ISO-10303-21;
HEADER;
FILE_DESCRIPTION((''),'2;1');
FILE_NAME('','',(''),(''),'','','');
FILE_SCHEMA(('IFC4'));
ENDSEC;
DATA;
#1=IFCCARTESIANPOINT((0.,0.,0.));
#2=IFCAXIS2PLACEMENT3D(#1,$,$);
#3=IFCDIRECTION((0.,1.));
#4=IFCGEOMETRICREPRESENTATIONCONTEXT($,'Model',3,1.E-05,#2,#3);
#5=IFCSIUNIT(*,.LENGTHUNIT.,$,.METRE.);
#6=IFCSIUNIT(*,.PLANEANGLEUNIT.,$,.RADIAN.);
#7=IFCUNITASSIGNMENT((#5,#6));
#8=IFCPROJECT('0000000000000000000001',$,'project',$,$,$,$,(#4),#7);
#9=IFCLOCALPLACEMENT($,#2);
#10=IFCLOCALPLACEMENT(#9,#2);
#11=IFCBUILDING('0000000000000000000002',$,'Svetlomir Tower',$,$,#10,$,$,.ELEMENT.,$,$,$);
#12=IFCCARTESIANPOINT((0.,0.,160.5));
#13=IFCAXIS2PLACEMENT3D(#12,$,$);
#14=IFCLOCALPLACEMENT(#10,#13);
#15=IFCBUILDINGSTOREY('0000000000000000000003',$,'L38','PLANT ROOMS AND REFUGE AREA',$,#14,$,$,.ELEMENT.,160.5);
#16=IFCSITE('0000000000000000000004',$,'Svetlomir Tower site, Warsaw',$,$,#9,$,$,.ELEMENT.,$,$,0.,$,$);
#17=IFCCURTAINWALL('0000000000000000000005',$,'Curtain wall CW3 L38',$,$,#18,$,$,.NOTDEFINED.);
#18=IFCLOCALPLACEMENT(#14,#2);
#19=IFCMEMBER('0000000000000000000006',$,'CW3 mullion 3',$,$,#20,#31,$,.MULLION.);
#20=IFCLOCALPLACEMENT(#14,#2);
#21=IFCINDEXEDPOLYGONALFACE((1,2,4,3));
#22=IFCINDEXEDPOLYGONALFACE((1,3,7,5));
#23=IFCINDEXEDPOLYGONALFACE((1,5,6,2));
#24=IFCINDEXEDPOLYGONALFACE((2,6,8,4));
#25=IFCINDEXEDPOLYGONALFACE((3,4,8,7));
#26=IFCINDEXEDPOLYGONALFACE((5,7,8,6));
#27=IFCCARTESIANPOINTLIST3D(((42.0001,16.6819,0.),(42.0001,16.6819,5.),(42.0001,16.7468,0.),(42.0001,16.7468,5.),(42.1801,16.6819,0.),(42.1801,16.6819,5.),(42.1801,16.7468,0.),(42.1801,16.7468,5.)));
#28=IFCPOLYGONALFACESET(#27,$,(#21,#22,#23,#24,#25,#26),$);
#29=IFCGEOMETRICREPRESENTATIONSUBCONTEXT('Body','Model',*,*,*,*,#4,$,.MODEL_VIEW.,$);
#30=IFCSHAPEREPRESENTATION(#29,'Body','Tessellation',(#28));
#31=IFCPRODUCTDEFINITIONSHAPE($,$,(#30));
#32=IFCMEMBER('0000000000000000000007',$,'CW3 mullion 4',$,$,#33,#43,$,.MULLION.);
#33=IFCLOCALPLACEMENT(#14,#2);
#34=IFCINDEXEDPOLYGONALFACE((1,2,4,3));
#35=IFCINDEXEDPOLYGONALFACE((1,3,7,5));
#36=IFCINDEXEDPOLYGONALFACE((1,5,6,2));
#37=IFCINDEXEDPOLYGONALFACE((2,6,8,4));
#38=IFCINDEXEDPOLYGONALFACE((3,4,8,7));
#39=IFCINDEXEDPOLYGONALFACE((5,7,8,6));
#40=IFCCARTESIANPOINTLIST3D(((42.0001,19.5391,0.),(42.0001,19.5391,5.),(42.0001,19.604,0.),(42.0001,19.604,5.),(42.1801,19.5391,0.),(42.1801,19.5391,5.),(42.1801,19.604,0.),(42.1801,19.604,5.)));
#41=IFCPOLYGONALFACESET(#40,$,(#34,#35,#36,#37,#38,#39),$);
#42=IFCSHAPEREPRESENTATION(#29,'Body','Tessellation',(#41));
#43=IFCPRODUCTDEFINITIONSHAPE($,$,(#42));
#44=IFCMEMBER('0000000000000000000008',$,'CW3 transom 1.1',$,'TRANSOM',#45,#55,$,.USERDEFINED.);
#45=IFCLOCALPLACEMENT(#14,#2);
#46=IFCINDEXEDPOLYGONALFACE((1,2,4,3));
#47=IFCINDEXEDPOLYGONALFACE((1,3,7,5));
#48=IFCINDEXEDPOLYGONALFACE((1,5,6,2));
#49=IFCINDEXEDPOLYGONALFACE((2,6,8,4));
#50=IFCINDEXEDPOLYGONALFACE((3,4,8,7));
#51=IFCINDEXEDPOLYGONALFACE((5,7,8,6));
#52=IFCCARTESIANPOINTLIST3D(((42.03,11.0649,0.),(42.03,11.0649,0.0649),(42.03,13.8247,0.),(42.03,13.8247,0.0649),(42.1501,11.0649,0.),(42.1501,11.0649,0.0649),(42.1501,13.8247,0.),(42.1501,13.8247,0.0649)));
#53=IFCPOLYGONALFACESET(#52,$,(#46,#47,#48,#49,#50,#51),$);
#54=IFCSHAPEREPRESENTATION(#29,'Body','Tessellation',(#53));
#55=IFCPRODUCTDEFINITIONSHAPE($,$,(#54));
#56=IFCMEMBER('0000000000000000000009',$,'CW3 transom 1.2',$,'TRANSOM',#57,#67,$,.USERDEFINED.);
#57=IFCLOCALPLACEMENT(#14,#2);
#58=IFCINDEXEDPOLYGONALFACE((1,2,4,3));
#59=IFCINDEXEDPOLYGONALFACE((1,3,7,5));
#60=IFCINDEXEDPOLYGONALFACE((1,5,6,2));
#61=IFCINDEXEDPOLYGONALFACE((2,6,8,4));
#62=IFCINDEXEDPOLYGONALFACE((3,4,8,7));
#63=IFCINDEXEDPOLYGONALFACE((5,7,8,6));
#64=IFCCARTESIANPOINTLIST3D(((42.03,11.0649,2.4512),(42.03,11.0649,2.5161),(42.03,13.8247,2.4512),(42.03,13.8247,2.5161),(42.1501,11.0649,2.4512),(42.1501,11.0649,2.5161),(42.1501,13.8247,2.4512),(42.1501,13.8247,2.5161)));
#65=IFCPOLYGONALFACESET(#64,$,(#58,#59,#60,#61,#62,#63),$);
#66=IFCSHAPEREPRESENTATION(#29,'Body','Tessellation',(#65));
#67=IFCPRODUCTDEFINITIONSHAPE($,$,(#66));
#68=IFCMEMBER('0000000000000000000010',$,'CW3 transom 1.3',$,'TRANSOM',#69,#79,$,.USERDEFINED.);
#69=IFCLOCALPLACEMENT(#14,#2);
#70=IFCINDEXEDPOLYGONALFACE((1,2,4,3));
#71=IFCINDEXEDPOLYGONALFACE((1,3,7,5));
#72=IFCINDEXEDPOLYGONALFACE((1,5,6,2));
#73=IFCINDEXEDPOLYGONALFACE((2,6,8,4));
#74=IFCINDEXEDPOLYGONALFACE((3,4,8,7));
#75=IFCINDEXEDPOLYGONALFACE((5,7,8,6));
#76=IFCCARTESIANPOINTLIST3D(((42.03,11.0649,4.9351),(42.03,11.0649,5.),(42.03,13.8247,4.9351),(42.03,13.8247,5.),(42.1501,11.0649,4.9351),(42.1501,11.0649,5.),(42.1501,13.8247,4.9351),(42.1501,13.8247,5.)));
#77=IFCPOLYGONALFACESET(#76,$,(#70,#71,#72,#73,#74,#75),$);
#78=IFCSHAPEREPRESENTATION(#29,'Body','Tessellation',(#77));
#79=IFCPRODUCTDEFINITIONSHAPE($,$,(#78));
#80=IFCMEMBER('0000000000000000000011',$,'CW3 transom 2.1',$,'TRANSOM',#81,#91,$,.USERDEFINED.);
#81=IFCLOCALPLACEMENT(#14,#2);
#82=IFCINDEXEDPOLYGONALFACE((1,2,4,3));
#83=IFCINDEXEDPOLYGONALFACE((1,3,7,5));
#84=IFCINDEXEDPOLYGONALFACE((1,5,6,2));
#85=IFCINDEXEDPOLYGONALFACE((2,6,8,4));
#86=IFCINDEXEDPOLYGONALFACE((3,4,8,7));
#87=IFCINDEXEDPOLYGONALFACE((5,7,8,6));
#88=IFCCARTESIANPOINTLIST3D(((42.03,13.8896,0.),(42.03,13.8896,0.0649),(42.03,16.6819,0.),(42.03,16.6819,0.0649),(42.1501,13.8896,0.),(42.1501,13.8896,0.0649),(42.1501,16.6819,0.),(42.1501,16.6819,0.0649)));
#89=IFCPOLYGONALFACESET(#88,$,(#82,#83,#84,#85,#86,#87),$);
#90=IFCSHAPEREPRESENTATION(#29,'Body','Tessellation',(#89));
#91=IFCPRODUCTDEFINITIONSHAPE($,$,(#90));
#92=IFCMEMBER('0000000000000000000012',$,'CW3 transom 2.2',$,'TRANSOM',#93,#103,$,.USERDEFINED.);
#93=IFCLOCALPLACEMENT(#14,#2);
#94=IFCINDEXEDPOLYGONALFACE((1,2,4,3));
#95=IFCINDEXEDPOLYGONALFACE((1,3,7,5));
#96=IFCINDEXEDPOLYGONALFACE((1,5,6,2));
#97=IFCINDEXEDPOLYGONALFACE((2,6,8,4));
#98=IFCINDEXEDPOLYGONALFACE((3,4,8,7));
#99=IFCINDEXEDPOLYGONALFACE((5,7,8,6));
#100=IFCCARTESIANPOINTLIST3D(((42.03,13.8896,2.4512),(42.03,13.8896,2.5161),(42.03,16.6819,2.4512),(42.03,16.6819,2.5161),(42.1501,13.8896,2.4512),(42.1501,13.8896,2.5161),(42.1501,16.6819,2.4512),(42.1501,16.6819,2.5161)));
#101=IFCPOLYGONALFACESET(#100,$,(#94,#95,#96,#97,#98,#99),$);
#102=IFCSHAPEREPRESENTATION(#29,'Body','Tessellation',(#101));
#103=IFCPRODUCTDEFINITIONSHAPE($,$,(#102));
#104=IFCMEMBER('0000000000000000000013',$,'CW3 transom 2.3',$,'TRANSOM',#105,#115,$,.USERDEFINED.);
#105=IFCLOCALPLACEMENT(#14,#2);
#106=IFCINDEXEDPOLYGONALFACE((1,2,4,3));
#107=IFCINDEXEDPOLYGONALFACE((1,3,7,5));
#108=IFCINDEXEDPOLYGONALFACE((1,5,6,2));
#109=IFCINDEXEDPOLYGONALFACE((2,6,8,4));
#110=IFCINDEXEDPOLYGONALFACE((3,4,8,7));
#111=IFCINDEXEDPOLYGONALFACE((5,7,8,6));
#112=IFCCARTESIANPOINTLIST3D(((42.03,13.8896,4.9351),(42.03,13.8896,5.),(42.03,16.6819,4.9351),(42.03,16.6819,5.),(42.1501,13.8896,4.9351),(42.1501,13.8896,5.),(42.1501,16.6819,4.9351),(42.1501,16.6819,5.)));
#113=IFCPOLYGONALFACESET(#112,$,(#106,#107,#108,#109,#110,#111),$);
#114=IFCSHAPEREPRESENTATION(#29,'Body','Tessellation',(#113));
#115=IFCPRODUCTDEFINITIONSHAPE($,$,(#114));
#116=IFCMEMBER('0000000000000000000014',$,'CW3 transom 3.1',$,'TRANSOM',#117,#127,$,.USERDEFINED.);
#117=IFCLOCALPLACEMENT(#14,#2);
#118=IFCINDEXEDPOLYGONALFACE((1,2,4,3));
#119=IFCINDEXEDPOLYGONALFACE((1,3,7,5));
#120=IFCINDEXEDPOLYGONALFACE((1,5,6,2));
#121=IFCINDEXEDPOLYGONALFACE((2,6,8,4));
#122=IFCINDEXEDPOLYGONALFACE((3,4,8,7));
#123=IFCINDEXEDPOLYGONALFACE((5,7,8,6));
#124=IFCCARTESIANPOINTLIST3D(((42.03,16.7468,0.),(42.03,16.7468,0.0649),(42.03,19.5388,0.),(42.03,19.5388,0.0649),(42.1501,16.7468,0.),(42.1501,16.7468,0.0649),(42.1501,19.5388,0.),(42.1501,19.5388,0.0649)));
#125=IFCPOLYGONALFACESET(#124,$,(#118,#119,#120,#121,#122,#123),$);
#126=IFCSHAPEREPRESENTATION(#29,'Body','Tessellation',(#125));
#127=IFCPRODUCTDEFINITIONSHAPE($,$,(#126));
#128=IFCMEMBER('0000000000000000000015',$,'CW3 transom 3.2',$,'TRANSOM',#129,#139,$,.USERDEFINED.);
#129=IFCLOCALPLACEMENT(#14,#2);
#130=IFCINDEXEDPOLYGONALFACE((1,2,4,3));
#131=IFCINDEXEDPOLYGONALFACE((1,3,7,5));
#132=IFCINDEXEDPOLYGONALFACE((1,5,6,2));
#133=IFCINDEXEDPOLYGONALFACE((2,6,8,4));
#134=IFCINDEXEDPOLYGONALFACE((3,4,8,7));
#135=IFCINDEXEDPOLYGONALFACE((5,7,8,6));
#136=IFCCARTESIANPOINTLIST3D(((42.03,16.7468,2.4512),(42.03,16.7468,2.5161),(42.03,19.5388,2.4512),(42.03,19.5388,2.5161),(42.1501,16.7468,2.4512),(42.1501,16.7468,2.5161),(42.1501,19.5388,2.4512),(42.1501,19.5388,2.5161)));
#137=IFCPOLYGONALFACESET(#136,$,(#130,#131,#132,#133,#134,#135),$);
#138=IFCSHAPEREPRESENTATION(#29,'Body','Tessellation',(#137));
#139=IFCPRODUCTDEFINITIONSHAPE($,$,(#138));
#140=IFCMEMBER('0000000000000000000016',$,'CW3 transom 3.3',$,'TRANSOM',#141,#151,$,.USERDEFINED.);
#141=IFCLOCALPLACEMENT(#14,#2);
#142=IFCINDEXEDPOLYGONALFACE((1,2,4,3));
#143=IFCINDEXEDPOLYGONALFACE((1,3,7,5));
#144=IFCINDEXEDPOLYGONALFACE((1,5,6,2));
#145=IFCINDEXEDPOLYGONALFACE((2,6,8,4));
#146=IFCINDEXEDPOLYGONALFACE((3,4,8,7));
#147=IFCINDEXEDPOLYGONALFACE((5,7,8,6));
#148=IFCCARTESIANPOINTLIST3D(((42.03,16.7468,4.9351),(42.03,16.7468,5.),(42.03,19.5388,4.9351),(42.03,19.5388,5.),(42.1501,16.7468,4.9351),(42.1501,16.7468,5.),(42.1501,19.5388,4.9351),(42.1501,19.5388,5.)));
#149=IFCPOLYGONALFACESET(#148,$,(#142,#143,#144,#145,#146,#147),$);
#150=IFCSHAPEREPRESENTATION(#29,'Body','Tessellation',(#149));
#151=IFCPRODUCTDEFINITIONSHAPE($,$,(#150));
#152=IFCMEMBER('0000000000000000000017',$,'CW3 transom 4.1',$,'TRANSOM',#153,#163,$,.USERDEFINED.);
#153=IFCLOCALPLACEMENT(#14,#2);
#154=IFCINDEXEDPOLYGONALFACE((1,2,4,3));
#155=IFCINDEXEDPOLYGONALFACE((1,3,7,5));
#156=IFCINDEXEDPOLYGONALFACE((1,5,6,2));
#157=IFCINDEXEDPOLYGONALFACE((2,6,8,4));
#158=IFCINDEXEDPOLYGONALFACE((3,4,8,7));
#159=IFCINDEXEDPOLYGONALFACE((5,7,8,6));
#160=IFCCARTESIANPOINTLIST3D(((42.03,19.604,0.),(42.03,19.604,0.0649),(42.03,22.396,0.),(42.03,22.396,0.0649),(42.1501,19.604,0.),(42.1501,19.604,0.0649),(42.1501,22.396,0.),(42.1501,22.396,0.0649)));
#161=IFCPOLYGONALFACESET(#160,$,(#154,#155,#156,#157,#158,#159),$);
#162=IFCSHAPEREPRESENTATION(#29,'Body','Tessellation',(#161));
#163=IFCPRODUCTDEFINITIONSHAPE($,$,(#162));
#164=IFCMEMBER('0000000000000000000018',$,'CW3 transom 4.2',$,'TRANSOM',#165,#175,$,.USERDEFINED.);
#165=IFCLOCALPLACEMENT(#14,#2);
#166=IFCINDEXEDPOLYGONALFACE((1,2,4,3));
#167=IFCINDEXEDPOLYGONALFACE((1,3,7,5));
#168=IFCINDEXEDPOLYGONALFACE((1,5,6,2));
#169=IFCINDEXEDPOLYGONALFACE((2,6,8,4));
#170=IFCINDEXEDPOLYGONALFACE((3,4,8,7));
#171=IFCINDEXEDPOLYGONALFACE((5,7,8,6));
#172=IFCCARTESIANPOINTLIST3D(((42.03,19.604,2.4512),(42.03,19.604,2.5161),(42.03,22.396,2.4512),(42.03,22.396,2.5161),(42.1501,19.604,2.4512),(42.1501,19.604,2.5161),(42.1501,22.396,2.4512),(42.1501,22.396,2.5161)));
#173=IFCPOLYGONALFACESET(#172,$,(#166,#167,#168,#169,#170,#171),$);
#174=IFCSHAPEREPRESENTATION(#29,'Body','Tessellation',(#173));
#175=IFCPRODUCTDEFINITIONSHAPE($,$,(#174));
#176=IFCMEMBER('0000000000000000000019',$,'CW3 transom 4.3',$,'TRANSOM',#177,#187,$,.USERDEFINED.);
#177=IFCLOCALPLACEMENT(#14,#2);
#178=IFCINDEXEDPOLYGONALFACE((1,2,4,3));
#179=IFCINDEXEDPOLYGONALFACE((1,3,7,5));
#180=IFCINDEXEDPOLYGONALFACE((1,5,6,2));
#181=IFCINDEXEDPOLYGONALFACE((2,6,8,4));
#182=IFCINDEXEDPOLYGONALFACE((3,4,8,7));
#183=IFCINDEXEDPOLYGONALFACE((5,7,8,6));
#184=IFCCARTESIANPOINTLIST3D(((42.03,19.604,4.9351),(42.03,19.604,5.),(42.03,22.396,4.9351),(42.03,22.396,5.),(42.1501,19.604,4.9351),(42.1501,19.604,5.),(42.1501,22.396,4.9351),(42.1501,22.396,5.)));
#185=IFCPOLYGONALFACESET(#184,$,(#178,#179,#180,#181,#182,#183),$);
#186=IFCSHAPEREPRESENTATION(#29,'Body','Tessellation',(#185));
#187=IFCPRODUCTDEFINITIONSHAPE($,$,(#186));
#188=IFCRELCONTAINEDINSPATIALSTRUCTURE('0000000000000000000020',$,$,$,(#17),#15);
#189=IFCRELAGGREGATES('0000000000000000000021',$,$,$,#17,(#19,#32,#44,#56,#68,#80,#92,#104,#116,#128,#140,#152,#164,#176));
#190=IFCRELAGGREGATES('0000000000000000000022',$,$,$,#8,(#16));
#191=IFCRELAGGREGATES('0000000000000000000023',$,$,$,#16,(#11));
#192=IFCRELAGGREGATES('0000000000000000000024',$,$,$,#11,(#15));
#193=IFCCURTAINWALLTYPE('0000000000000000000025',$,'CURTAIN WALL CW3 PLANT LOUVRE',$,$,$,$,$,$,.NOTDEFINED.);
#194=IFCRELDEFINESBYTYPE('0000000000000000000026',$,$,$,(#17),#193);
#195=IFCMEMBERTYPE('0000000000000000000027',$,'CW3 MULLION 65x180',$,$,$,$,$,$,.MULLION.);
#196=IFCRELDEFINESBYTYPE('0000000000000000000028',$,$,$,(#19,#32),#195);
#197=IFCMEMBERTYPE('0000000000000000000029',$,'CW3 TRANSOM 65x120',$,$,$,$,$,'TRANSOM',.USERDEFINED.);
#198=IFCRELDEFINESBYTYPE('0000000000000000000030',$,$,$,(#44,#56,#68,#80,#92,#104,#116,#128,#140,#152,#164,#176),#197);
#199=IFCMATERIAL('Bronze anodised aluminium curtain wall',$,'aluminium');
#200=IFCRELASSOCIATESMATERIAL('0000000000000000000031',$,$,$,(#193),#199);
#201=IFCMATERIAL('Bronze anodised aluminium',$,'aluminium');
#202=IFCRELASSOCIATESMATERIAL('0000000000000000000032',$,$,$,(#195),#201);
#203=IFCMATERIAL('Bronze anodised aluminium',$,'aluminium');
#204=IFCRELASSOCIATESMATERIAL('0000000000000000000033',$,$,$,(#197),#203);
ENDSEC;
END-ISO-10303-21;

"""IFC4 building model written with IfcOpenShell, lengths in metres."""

from ifc_helpers import new_model, si_unit, direction, frame, origin, origin_2d, place, context, subcontext, project, spatial, rectangle, extrude, material, material_profile, profile_set, type_object, element, aggregate, save


model = new_model("IFC4")

# Units and contexts
model_context = context("Model", 3, precision=1e-05, world=origin(), true_north=direction((0.0, 1.0)))
body_context = subcontext(model_context, "Body", "Model", "MODEL_VIEW")
ifc_project = project(units=[si_unit("LENGTHUNIT", "METRE"), si_unit("PLANEANGLEUNIT", "RADIAN")], contexts=[model_context])

# Site, building, storey
site_placement = place(None, origin())
site = spatial("IfcSite", under=ifc_project, at=site_placement, Name="Svetlomir Tower site, Warsaw", CompositionType="ELEMENT", RefElevation=0.0)
building_placement = place(site_placement, origin())
building = spatial("IfcBuilding", under=site, at=building_placement, Name="Svetlomir Tower", CompositionType="ELEMENT")
storey_placement = place(building_placement, frame((0.0, 0.0, 160.5)))
storey = spatial("IfcBuildingStorey", under=building, at=storey_placement, Name="L38", Description="PLANT ROOMS AND REFUGE AREA", CompositionType="ELEMENT", Elevation=160.5)

# Shared definitions
ifc_material_1 = material(Name="Bronze anodised aluminium curtain wall", Category="aluminium")
curtain_wall_type = type_object("IfcCurtainWallType", Name="CURTAIN WALL CW3 PLANT LOUVRE", PredefinedType="NOTDEFINED", material=ifc_material_1)
ifc_material_2 = material(Name="Bronze anodised aluminium", Category="aluminium")
ifc_material_profile_1 = material_profile(ifc_material_2, rectangle(XDim=0.0649, YDim=0.1799, at=origin_2d()), Name="AL 65x180")
ifc_profile_set_1 = profile_set([ifc_material_profile_1], Name="Bronze anodised aluminium 6063-T6")
member_type_1 = type_object("IfcMemberType", Name="CW3 MULLION 65x180", PredefinedType="MULLION", material=ifc_profile_set_1)

# Curtain wall, members
curtain_wall_1_placement = place(storey_placement, origin())
curtain_wall_1 = element("IfcCurtainWall", 1, at=curtain_wall_1_placement, inside=storey, type_object=curtain_wall_type, Name="Curtain wall CW3 L38", PredefinedType="NOTDEFINED")
member_1_placement = place(storey_placement, frame((42.0901, 16.7144, 0.0), z_axis=(0.0, 0.0, 1.0), x_axis=(0.0, 1.0, 0.0)))
member_1 = element("IfcMember", 2, at=member_1_placement, type_object=member_type_1, Name="CW3 mullion 3", PredefinedType="MULLION", context=body_context, shape_type="SweptSolid", body=[
    extrude(rectangle(XDim=0.0649, YDim=0.1799, at=origin_2d()), origin(), (0.0, 0.0, 1.0), 5.0),
])
member_2_placement = place(storey_placement, frame((42.0901, 19.5715, 0.0), z_axis=(0.0, 0.0, 1.0), x_axis=(0.0, 1.0, 0.0)))
member_2 = element("IfcMember", 3, at=member_2_placement, type_object=member_type_1, Name="CW3 mullion 4", PredefinedType="MULLION", context=body_context, shape_type="SweptSolid", body=[
    extrude(rectangle(XDim=0.0649, YDim=0.1799, at=origin_2d()), origin(), (0.0, 0.0, 1.0), 5.0),
])
ifc_material_3 = material(Name="Bronze anodised aluminium", Category="aluminium")
ifc_material_profile_2 = material_profile(ifc_material_3, rectangle(XDim=0.1201, YDim=0.0649, at=origin_2d()), Name="AL 120x65")
ifc_profile_set_2 = profile_set([ifc_material_profile_2], Name="Bronze anodised aluminium 6063-T6")
member_type_2 = type_object("IfcMemberType", Name="CW3 TRANSOM 65x120", ElementType="TRANSOM", PredefinedType="USERDEFINED", material=ifc_profile_set_2)
member_3_placement = place(storey_placement, frame((42.0901, 11.0649, 0.0325), z_axis=(0.0, 1.0, 0.0), x_axis=(-1.0, 0.0, 0.0)))
member_3 = element("IfcMember", 4, at=member_3_placement, type_object=member_type_2, Name="CW3 transom 1.1", ObjectType="TRANSOM", PredefinedType="USERDEFINED", context=body_context, shape_type="SweptSolid", body=[
    extrude(rectangle(XDim=0.1201, YDim=0.0649, at=origin_2d()), origin(), (0.0, 0.0, 1.0), 2.7598),
])
member_4_placement = place(storey_placement, frame((42.0901, 11.0649, 2.4836), z_axis=(0.0, 1.0, 0.0), x_axis=(-1.0, 0.0, 0.0)))
member_4 = element("IfcMember", 5, at=member_4_placement, type_object=member_type_2, Name="CW3 transom 1.2", ObjectType="TRANSOM", PredefinedType="USERDEFINED", context=body_context, shape_type="SweptSolid", body=[
    extrude(rectangle(XDim=0.1201, YDim=0.0649, at=origin_2d()), origin(), (0.0, 0.0, 1.0), 2.7598),
])
member_5_placement = place(storey_placement, frame((42.0901, 11.0649, 4.9675), z_axis=(0.0, 1.0, 0.0), x_axis=(-1.0, 0.0, 0.0)))
member_5 = element("IfcMember", 6, at=member_5_placement, type_object=member_type_2, Name="CW3 transom 1.3", ObjectType="TRANSOM", PredefinedType="USERDEFINED", context=body_context, shape_type="SweptSolid", body=[
    extrude(rectangle(XDim=0.1201, YDim=0.0649, at=origin_2d()), origin(), (0.0, 0.0, 1.0), 2.7598),
])
member_6_placement = place(storey_placement, frame((42.0901, 13.8896, 0.0325), z_axis=(0.0, 1.0, 0.0), x_axis=(-1.0, 0.0, 0.0)))
member_6 = element("IfcMember", 7, at=member_6_placement, type_object=member_type_2, Name="CW3 transom 2.1", ObjectType="TRANSOM", PredefinedType="USERDEFINED", context=body_context, shape_type="SweptSolid", body=[
    extrude(rectangle(XDim=0.1201, YDim=0.0649, at=origin_2d()), origin(), (0.0, 0.0, 1.0), 2.7922),
])
member_7_placement = place(storey_placement, frame((42.0901, 13.8896, 2.4836), z_axis=(0.0, 1.0, 0.0), x_axis=(-1.0, 0.0, 0.0)))
member_7 = element("IfcMember", 8, at=member_7_placement, type_object=member_type_2, Name="CW3 transom 2.2", ObjectType="TRANSOM", PredefinedType="USERDEFINED", context=body_context, shape_type="SweptSolid", body=[
    extrude(rectangle(XDim=0.1201, YDim=0.0649, at=origin_2d()), origin(), (0.0, 0.0, 1.0), 2.7922),
])
member_8_placement = place(storey_placement, frame((42.0901, 13.8896, 4.9675), z_axis=(0.0, 1.0, 0.0), x_axis=(-1.0, 0.0, 0.0)))
member_8 = element("IfcMember", 9, at=member_8_placement, type_object=member_type_2, Name="CW3 transom 2.3", ObjectType="TRANSOM", PredefinedType="USERDEFINED", context=body_context, shape_type="SweptSolid", body=[
    extrude(rectangle(XDim=0.1201, YDim=0.0649, at=origin_2d()), origin(), (0.0, 0.0, 1.0), 2.7922),
])
member_9_placement = place(storey_placement, frame((42.0901, 16.7468, 0.0325), z_axis=(0.0, 1.0, 0.0), x_axis=(-1.0, 0.0, 0.0)))
member_9 = element("IfcMember", 10, at=member_9_placement, type_object=member_type_2, Name="CW3 transom 3.1", ObjectType="TRANSOM", PredefinedType="USERDEFINED", context=body_context, shape_type="SweptSolid", body=[
    extrude(rectangle(XDim=0.1201, YDim=0.0649, at=origin_2d()), origin(), (0.0, 0.0, 1.0), 2.792),
])
member_10_placement = place(storey_placement, frame((42.0901, 16.7468, 2.4836), z_axis=(0.0, 1.0, 0.0), x_axis=(-1.0, 0.0, 0.0)))
member_10 = element("IfcMember", 11, at=member_10_placement, type_object=member_type_2, Name="CW3 transom 3.2", ObjectType="TRANSOM", PredefinedType="USERDEFINED", context=body_context, shape_type="SweptSolid", body=[
    extrude(rectangle(XDim=0.1201, YDim=0.0649, at=origin_2d()), origin(), (0.0, 0.0, 1.0), 2.792),
])
member_11_placement = place(storey_placement, frame((42.0901, 16.7468, 4.9675), z_axis=(0.0, 1.0, 0.0), x_axis=(-1.0, 0.0, 0.0)))
member_11 = element("IfcMember", 12, at=member_11_placement, type_object=member_type_2, Name="CW3 transom 3.3", ObjectType="TRANSOM", PredefinedType="USERDEFINED", context=body_context, shape_type="SweptSolid", body=[
    extrude(rectangle(XDim=0.1201, YDim=0.0649, at=origin_2d()), origin(), (0.0, 0.0, 1.0), 2.792),
])
member_12_placement = place(storey_placement, frame((42.0901, 19.604, 0.0325), z_axis=(0.0, 1.0, 0.0), x_axis=(-1.0, 0.0, 0.0)))
member_12 = element("IfcMember", 13, at=member_12_placement, type_object=member_type_2, Name="CW3 transom 4.1", ObjectType="TRANSOM", PredefinedType="USERDEFINED", context=body_context, shape_type="SweptSolid", body=[
    extrude(rectangle(XDim=0.1201, YDim=0.0649, at=origin_2d()), origin(), (0.0, 0.0, 1.0), 2.792),
])
member_13_placement = place(storey_placement, frame((42.0901, 19.604, 2.4836), z_axis=(0.0, 1.0, 0.0), x_axis=(-1.0, 0.0, 0.0)))
member_13 = element("IfcMember", 14, at=member_13_placement, type_object=member_type_2, Name="CW3 transom 4.2", ObjectType="TRANSOM", PredefinedType="USERDEFINED", context=body_context, shape_type="SweptSolid", body=[
    extrude(rectangle(XDim=0.1201, YDim=0.0649, at=origin_2d()), origin(), (0.0, 0.0, 1.0), 2.792),
])
member_14_placement = place(storey_placement, frame((42.0901, 19.604, 4.9675), z_axis=(0.0, 1.0, 0.0), x_axis=(-1.0, 0.0, 0.0)))
member_14 = element("IfcMember", 15, at=member_14_placement, type_object=member_type_2, Name="CW3 transom 4.3", ObjectType="TRANSOM", PredefinedType="USERDEFINED", context=body_context, shape_type="SweptSolid", body=[
    extrude(rectangle(XDim=0.1201, YDim=0.0649, at=origin_2d()), origin(), (0.0, 0.0, 1.0), 2.792),
])

aggregate(curtain_wall_1, [member_1, member_2, member_3, member_4, member_5, member_6, member_7, member_8, member_9, member_10, member_11, member_12, member_13, member_14])

save(model, "model.ifc")
